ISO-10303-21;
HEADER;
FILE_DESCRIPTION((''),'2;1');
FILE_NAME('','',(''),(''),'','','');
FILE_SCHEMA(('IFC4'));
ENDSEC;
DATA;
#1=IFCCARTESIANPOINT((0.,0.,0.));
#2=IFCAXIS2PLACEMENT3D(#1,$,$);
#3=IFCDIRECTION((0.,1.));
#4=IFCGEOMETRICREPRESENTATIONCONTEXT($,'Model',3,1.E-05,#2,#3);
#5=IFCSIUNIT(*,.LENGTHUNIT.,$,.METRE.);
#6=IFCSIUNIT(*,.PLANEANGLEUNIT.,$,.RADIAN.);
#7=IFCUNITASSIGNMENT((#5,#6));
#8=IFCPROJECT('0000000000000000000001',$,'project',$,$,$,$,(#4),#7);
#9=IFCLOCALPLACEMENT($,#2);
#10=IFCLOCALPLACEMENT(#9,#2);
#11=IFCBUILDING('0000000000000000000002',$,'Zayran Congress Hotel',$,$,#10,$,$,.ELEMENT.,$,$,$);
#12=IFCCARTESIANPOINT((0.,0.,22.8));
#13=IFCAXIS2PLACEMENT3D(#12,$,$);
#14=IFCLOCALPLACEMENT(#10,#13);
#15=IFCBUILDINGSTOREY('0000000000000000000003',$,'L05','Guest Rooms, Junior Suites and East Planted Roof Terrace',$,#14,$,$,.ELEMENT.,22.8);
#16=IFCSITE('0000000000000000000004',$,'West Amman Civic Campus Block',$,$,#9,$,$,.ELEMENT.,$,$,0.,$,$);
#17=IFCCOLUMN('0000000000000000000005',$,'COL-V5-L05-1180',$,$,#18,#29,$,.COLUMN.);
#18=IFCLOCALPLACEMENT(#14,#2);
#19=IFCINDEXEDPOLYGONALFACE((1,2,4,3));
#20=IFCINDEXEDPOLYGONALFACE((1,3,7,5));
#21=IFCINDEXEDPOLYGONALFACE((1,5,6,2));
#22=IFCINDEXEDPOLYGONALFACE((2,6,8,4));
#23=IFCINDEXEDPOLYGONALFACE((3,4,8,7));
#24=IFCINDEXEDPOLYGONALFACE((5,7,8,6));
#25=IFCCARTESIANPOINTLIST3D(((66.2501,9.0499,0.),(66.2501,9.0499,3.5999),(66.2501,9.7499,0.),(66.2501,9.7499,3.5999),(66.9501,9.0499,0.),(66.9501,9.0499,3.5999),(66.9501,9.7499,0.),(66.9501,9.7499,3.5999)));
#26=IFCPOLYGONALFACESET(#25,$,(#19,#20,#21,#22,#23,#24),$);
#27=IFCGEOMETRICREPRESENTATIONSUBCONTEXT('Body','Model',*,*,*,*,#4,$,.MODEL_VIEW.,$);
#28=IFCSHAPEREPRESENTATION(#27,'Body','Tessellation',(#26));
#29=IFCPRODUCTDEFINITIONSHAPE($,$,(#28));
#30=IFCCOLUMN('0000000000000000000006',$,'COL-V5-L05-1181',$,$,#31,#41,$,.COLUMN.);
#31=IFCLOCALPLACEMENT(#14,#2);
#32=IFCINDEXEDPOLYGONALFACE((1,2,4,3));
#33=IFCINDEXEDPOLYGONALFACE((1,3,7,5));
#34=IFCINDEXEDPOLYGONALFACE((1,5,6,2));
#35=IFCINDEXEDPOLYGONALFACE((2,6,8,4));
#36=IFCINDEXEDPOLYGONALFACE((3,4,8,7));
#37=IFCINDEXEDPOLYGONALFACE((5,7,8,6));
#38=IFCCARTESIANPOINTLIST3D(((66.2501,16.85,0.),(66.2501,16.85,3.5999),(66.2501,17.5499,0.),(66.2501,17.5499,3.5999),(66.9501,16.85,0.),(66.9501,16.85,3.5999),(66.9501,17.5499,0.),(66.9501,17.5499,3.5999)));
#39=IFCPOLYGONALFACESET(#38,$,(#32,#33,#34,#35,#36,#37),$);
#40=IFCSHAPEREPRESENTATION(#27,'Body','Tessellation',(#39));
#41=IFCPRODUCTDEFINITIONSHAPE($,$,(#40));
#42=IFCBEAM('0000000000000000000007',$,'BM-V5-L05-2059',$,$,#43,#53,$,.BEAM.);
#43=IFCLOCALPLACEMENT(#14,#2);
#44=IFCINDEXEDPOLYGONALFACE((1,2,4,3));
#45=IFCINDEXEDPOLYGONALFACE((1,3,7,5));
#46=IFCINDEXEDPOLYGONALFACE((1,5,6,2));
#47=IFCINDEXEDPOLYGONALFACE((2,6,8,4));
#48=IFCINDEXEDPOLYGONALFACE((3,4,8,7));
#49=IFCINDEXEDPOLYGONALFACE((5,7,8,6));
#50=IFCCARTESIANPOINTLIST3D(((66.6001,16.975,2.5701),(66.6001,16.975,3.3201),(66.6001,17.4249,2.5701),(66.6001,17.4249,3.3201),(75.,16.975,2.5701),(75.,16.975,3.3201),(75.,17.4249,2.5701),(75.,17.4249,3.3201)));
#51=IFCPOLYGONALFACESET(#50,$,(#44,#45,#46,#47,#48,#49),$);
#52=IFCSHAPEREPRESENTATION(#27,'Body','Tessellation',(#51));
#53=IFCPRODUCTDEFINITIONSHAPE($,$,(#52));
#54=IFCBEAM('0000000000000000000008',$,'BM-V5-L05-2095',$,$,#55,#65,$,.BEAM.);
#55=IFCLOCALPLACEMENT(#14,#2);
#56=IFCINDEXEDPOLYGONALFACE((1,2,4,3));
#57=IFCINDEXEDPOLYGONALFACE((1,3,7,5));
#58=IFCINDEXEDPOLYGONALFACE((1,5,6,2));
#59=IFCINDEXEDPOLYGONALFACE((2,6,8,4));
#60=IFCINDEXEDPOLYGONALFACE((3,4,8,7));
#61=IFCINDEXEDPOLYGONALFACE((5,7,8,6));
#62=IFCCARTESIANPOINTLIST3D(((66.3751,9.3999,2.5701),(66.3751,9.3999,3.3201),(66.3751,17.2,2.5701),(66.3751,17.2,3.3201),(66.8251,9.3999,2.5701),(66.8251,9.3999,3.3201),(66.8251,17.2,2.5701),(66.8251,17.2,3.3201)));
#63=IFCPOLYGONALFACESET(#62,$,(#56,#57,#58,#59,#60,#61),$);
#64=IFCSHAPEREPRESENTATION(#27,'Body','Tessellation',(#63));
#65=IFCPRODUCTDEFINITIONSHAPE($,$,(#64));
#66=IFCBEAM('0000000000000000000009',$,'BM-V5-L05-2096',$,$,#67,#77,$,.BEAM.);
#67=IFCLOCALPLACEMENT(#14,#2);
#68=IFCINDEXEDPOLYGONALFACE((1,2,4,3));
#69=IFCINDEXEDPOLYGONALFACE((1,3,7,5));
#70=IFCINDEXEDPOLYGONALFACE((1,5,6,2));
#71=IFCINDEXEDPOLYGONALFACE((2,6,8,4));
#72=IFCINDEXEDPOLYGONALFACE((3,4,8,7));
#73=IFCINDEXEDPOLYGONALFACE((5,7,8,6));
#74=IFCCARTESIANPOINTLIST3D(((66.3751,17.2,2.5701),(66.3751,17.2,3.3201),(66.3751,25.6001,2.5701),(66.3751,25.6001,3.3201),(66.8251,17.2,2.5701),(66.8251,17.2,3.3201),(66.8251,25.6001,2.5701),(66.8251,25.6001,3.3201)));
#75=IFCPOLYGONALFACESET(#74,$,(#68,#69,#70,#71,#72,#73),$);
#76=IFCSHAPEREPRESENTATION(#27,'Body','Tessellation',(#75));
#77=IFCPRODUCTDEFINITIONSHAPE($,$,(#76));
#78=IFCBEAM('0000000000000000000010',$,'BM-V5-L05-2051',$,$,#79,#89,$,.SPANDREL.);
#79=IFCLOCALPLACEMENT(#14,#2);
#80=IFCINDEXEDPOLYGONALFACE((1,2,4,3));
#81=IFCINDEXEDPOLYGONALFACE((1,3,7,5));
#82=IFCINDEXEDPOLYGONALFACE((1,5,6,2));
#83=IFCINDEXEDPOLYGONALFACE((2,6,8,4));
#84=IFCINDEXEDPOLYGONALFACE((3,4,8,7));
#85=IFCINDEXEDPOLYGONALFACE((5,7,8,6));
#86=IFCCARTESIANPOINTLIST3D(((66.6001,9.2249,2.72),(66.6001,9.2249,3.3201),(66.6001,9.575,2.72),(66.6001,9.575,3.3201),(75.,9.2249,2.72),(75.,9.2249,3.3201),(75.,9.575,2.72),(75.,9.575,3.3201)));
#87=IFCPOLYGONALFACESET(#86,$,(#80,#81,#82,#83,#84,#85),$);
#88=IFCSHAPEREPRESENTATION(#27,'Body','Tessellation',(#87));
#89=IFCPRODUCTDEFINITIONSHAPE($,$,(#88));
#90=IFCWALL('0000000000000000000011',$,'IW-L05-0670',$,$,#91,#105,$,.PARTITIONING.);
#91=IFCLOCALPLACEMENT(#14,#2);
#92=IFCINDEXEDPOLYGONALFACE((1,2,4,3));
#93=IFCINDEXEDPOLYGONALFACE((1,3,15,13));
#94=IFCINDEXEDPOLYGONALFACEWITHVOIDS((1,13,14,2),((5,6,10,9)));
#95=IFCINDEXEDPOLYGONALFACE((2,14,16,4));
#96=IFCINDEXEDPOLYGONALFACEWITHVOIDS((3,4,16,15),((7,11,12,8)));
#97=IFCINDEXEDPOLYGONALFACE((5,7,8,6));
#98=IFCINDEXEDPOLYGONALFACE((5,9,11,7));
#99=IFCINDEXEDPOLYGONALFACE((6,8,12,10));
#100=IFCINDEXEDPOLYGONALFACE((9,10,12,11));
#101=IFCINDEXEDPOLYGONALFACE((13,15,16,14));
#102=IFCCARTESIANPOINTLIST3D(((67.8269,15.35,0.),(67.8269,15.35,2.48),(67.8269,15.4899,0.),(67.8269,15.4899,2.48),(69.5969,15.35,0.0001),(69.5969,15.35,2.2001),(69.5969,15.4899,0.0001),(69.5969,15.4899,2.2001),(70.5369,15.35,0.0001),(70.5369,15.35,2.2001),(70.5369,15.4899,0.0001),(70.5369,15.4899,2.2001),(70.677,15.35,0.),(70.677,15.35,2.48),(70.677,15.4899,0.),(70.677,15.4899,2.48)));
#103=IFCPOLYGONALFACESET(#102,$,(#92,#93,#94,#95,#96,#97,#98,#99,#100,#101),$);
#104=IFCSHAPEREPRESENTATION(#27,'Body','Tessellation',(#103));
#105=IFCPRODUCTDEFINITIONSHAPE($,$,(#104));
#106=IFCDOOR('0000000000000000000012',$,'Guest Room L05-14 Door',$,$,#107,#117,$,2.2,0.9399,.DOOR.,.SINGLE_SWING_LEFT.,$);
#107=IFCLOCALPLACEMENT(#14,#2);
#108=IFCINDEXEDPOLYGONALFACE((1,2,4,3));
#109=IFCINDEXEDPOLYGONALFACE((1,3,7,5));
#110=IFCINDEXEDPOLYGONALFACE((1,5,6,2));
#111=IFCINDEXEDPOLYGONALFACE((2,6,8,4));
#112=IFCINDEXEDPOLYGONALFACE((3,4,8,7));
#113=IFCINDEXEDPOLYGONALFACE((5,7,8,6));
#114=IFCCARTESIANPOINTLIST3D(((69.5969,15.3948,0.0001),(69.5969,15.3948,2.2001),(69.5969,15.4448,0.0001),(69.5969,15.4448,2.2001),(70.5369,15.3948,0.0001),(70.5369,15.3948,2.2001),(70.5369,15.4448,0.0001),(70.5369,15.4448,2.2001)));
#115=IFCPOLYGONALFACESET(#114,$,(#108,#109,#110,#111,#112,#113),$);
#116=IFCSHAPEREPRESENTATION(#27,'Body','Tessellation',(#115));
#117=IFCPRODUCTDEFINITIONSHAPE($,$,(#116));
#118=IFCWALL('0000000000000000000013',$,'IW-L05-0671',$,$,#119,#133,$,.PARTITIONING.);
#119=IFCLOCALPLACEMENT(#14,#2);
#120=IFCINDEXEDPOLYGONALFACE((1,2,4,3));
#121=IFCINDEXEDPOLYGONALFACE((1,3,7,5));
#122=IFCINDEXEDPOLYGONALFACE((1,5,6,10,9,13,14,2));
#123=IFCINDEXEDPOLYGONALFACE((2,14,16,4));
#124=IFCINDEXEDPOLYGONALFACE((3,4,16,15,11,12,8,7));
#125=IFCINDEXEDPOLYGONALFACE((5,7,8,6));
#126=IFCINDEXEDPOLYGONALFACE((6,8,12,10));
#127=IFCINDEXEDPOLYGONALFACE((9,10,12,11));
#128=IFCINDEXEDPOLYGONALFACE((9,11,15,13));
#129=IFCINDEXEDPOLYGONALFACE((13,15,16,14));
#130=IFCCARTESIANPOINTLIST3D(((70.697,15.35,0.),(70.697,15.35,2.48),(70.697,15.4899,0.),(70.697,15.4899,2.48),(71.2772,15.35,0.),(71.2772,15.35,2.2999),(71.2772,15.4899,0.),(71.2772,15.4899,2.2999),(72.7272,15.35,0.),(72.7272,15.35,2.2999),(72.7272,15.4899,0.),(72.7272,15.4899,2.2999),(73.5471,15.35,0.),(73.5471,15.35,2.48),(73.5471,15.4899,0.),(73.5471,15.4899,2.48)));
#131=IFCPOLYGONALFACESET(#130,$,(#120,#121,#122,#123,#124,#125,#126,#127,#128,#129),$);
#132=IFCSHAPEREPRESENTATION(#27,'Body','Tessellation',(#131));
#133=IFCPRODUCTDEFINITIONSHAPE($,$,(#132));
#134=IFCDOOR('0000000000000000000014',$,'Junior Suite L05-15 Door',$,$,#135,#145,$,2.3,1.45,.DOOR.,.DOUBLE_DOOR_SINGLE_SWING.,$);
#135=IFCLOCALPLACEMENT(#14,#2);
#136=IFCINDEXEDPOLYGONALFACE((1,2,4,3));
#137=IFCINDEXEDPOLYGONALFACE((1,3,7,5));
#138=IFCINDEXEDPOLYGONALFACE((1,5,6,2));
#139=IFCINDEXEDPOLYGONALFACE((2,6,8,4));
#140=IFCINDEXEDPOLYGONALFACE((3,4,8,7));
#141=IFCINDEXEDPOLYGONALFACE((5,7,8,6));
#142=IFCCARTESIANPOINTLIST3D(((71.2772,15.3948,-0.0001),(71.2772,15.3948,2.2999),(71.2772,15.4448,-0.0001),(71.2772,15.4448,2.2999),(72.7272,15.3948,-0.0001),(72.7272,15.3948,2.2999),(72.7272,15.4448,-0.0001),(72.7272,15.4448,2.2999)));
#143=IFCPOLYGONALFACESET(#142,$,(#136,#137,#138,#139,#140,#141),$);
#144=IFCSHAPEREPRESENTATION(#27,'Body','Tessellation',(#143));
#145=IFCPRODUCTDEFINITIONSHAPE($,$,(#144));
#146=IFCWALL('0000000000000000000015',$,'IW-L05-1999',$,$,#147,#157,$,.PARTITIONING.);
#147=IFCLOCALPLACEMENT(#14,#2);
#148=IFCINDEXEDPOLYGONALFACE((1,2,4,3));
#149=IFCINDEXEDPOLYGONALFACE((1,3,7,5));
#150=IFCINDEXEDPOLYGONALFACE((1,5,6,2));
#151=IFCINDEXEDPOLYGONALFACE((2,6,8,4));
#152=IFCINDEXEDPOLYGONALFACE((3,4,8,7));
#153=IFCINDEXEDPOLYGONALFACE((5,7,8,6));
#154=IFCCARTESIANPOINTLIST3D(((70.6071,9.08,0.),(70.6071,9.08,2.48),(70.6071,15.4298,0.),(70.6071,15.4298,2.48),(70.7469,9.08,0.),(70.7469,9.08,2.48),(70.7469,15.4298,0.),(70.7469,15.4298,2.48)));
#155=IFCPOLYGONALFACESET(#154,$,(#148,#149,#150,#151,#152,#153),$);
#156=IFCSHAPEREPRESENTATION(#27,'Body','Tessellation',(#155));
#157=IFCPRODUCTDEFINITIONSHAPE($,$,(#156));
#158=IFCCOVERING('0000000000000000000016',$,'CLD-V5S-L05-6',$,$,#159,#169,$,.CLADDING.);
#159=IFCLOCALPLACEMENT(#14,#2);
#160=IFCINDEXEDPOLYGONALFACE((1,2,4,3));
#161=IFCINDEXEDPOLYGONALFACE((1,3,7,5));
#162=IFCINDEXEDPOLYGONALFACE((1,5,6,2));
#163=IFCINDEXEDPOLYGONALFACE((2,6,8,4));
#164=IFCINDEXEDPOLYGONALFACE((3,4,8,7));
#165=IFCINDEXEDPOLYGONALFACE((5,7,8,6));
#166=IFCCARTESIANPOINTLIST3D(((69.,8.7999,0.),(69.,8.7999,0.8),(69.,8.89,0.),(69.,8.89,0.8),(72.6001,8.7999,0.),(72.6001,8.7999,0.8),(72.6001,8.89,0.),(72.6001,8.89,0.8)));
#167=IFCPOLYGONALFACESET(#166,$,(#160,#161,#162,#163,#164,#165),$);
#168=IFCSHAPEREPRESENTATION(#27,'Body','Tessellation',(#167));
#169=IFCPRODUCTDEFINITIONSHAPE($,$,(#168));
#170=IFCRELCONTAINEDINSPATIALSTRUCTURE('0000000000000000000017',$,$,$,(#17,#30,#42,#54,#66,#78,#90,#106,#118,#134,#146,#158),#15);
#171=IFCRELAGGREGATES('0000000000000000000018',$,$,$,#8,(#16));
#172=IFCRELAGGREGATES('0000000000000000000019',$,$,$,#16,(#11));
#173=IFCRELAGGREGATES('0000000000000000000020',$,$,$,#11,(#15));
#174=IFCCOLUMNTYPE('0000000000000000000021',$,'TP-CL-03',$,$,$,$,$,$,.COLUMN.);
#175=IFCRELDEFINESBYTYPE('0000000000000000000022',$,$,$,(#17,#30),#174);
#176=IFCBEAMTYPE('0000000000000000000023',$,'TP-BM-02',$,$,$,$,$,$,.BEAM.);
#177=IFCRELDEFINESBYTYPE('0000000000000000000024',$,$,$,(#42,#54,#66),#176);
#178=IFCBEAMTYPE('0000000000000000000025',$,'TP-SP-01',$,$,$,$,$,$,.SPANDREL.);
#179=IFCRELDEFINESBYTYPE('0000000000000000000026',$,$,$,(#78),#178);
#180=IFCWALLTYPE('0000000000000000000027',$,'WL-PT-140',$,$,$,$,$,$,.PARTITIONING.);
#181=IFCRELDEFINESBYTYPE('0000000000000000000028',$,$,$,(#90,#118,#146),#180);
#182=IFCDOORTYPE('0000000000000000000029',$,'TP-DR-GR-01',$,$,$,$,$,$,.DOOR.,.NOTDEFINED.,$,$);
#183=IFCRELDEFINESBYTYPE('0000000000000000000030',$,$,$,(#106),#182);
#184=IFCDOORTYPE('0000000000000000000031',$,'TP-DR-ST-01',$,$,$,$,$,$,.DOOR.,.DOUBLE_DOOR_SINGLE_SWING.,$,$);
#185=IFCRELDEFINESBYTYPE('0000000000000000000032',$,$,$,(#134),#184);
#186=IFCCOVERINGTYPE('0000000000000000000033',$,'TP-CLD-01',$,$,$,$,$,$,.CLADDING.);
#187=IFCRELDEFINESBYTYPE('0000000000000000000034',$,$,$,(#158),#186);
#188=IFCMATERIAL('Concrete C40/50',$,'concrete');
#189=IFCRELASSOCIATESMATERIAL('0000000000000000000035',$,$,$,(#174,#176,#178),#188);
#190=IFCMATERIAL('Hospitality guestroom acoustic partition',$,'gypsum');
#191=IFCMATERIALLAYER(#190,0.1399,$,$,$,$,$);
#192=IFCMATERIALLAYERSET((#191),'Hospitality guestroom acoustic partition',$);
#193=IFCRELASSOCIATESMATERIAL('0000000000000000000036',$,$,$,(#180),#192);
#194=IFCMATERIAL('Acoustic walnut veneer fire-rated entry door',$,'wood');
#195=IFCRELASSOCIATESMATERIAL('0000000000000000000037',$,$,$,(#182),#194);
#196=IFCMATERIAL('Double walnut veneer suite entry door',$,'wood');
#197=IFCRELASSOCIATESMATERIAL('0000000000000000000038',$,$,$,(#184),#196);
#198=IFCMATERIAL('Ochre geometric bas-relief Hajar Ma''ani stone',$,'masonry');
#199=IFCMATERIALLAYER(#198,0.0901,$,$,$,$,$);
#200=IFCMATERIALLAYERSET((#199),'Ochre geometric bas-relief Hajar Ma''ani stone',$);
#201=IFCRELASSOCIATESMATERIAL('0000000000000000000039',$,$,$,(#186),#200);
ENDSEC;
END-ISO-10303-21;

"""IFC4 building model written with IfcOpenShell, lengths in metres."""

from ifc_helpers import new_model, si_unit, direction, frame, frame_2d, origin, origin_2d, place, context, subcontext, project, spatial, rectangle, extrude, material, layer, layer_set, material_profile, profile_set, type_object, element, fill, save


model = new_model("IFC4")

# Units and contexts
model_context = context("Model", 3, precision=1e-05, world=origin(), true_north=direction((0.0, 1.0)))
body_context = subcontext(model_context, "Body", "Model", "MODEL_VIEW")
ifc_project = project(units=[si_unit("LENGTHUNIT", "METRE"), si_unit("PLANEANGLEUNIT", "RADIAN")], contexts=[model_context])

# Site, building, storey
site_placement = place(None, origin())
site = spatial("IfcSite", under=ifc_project, at=site_placement, Name="West Amman Civic Campus Block", CompositionType="ELEMENT", RefElevation=0.0)
building_placement = place(site_placement, origin())
building = spatial("IfcBuilding", under=site, at=building_placement, Name="Zayran Congress Hotel", CompositionType="ELEMENT")
storey_placement = place(building_placement, frame((0.0, 0.0, 22.8)))
storey = spatial("IfcBuildingStorey", under=building, at=storey_placement, Name="L05", Description="Guest Rooms, Junior Suites and East Planted Roof Terrace", CompositionType="ELEMENT", Elevation=22.8)

# Columns
ifc_material_1 = material(Name="Concrete C40/50", Category="concrete")
ifc_material_profile_1 = material_profile(ifc_material_1, rectangle(XDim=0.7, YDim=0.7, at=origin_2d()), Name="RC 700x700")
ifc_profile_set_1 = profile_set([ifc_material_profile_1], Name="Concrete C40/50")
column_type = type_object("IfcColumnType", Name="TP-CL-03", PredefinedType="COLUMN", material=ifc_profile_set_1)
for number, where, z_axis, x_axis, name in (
    (1, (66.6001, 9.3999, 0.0), (0.0, 0.0, 1.0), (1.0, 0.0, 0.0), "COL-V5-L05-1180"),
    (2, (66.6001, 17.2, 0.0), (0.0, 0.0, 1.0), (1.0, 0.0, 0.0), "COL-V5-L05-1181"),
):
    element("IfcColumn", number, at=place(storey_placement, frame(where, z_axis=z_axis, x_axis=x_axis)), inside=storey, type_object=column_type, Name=name, PredefinedType="COLUMN", context=body_context, shape_type="SweptSolid", body=[
        extrude(rectangle(XDim=0.7, YDim=0.7, at=origin_2d()), origin(), (0.0, 0.0, 1.0), 3.5999),
    ])

# Beams
ifc_material_profile_2 = material_profile(ifc_material_1, rectangle(XDim=0.45, YDim=0.75, at=origin_2d()), Name="RC 450x750")
ifc_profile_set_2 = profile_set([ifc_material_profile_2], Name="Concrete C40/50")
beam_type_1 = type_object("IfcBeamType", Name="TP-BM-02", PredefinedType="BEAM", material=ifc_profile_set_2)
beam_1_placement = place(storey_placement, frame((66.6001, 17.2, 2.9451), z_axis=(1.0, 0.0, 0.0), x_axis=(0.0, 1.0, 0.0)))
element("IfcBeam", 3, at=beam_1_placement, inside=storey, type_object=beam_type_1, Name="BM-V5-L05-2059", PredefinedType="BEAM", context=body_context, shape_type="SweptSolid", body=[
    extrude(rectangle(XDim=0.45, YDim=0.75, at=origin_2d()), origin(), (0.0, 0.0, 1.0), 8.3999),
])
beam_2_placement = place(storey_placement, frame((66.6001, 9.3999, 2.9451), z_axis=(0.0, 1.0, 0.0), x_axis=(-1.0, 0.0, 0.0)))
element("IfcBeam", 4, at=beam_2_placement, inside=storey, type_object=beam_type_1, Name="BM-V5-L05-2095", PredefinedType="BEAM", context=body_context, shape_type="SweptSolid", body=[
    extrude(rectangle(XDim=0.45, YDim=0.75, at=origin_2d()), origin(), (0.0, 0.0, 1.0), 7.8),
])
beam_3_placement = place(storey_placement, frame((66.6001, 17.2, 2.9451), z_axis=(0.0, 1.0, 0.0), x_axis=(-1.0, 0.0, 0.0)))
element("IfcBeam", 5, at=beam_3_placement, inside=storey, type_object=beam_type_1, Name="BM-V5-L05-2096", PredefinedType="BEAM", context=body_context, shape_type="SweptSolid", body=[
    extrude(rectangle(XDim=0.45, YDim=0.75, at=origin_2d()), origin(), (0.0, 0.0, 1.0), 8.4001),
])
ifc_material_profile_3 = material_profile(ifc_material_1, rectangle(XDim=0.3501, YDim=0.6001, at=origin_2d()), Name="RC 350x600")
ifc_profile_set_3 = profile_set([ifc_material_profile_3], Name="Concrete C40/50")
beam_type_2 = type_object("IfcBeamType", Name="TP-SP-01", PredefinedType="SPANDREL", material=ifc_profile_set_3)
beam_4_placement = place(storey_placement, frame((66.6001, 9.3999, 3.02), z_axis=(1.0, 0.0, 0.0), x_axis=(0.0, 1.0, 0.0)))
element("IfcBeam", 6, at=beam_4_placement, inside=storey, type_object=beam_type_2, Name="BM-V5-L05-2051", PredefinedType="SPANDREL", context=body_context, shape_type="SweptSolid", body=[
    extrude(rectangle(XDim=0.3501, YDim=0.6001, at=origin_2d()), origin(), (0.0, 0.0, 1.0), 8.3999),
])

# Walls, openings, doors
ifc_material_2 = material(Name="Hospitality guestroom acoustic partition", Category="gypsum")
ifc_layer_1 = layer(ifc_material_2, 0.1399)
ifc_layer_set_1 = layer_set([ifc_layer_1], Name="Hospitality guestroom acoustic partition")
wall_type_1 = type_object("IfcWallType", Name="WL-PT-140", PredefinedType="PARTITIONING", material=ifc_layer_set_1)
wall_1_placement = place(storey_placement, frame((67.8269, 15.4199, 0.0), z_axis=(0.0, 0.0, 1.0), x_axis=(1.0, 0.0, 0.0)))
wall_1 = element("IfcWall", 7, at=wall_1_placement, inside=storey, type_object=wall_type_1, Name="IW-L05-0670", PredefinedType="PARTITIONING", context=body_context, shape_type="SweptSolid", body=[
    extrude(rectangle(XDim=2.8501, YDim=0.1399, at=frame_2d((1.425, 0.0))), origin(), (0.0, 0.0, 1.0), 2.48),
])
opening_1_placement = place(wall_1_placement, frame((1.77, 0.0, 0.0)))
opening_1 = element("IfcOpeningElement", 8, at=opening_1_placement, cuts=wall_1, PredefinedType="OPENING", context=body_context, shape_type="SweptSolid", body=[
    extrude(rectangle(XDim=0.9399, YDim=2.2, at=frame_2d((0.47, 1.1001))), frame((0.0, 0.0798, 0.0), z_axis=(0.0, -1.0, 0.0), x_axis=(1.0, 0.0, 0.0)), (0.0, 0.0, 1.0), 0.1599),
])
ifc_material_3 = material(Name="Acoustic walnut veneer fire-rated entry door", Category="wood")
door_type_1 = type_object("IfcDoorType", Name="TP-DR-GR-01", OperationType="NOTDEFINED", PredefinedType="DOOR", material=ifc_material_3)
door_1_placement = place(opening_1_placement, origin())
door_1 = element("IfcDoor", 9, at=door_1_placement, inside=storey, type_object=door_type_1, Name="Guest Room L05-14 Door", OperationType="SINGLE_SWING_LEFT", OverallHeight=2.2, OverallWidth=0.9399, PredefinedType="DOOR", context=body_context, shape_type="SweptSolid", body=[
    extrude(rectangle(XDim=0.9399, YDim=2.2, at=frame_2d((0.47, 1.1001))), frame((0.0, 0.0249, 0.0), z_axis=(0.0, -1.0, 0.0), x_axis=(1.0, 0.0, 0.0)), (0.0, 0.0, 1.0), 0.05),
])
fill(opening_1, door_1)
wall_2_placement = place(storey_placement, frame((70.697, 15.4199, 0.0), z_axis=(0.0, 0.0, 1.0), x_axis=(1.0, 0.0, 0.0)))
wall_2 = element("IfcWall", 10, at=wall_2_placement, inside=storey, type_object=wall_type_1, Name="IW-L05-0671", PredefinedType="PARTITIONING", context=body_context, shape_type="SweptSolid", body=[
    extrude(rectangle(XDim=2.8501, YDim=0.1399, at=frame_2d((1.425, 0.0))), origin(), (0.0, 0.0, 1.0), 2.48),
])
opening_2_placement = place(wall_2_placement, frame((0.5801, 0.0, 0.0)))
opening_2 = element("IfcOpeningElement", 11, at=opening_2_placement, cuts=wall_2, PredefinedType="OPENING", context=body_context, shape_type="SweptSolid", body=[
    extrude(rectangle(XDim=1.45, YDim=2.3, at=frame_2d((0.7251, 1.1499))), frame((0.0, 0.0798, 0.0), z_axis=(0.0, -1.0, 0.0), x_axis=(1.0, 0.0, 0.0)), (0.0, 0.0, 1.0), 0.1599),
])
ifc_material_4 = material(Name="Double walnut veneer suite entry door", Category="wood")
door_type_2 = type_object("IfcDoorType", Name="TP-DR-ST-01", OperationType="DOUBLE_DOOR_SINGLE_SWING", PredefinedType="DOOR", material=ifc_material_4)
door_2_placement = place(opening_2_placement, origin())
door_2 = element("IfcDoor", 12, at=door_2_placement, inside=storey, type_object=door_type_2, Name="Junior Suite L05-15 Door", OperationType="DOUBLE_DOOR_SINGLE_SWING", OverallHeight=2.3, OverallWidth=1.45, PredefinedType="DOOR", context=body_context, shape_type="SweptSolid", body=[
    extrude(rectangle(XDim=1.45, YDim=2.3, at=frame_2d((0.7251, 1.1499))), frame((0.0, 0.0249, 0.0), z_axis=(0.0, -1.0, 0.0), x_axis=(1.0, 0.0, 0.0)), (0.0, 0.0, 1.0), 0.05),
])
fill(opening_2, door_2)

# Wall
wall_3_placement = place(storey_placement, frame((70.677, 9.0801, 0.0), z_axis=(0.0, 0.0, 1.0), x_axis=(0.0, 1.0, 0.0)))
element("IfcWall", 13, at=wall_3_placement, inside=storey, type_object=wall_type_1, Name="IW-L05-1999", PredefinedType="PARTITIONING", context=body_context, shape_type="SweptSolid", body=[
    extrude(rectangle(XDim=6.3499, YDim=0.1399, at=frame_2d((3.1748, 0.0))), origin(), (0.0, 0.0, 1.0), 2.48),
])

# Covering
ifc_material_5 = material(Name="Ochre geometric bas-relief Hajar Ma'ani stone", Category="masonry")
ifc_layer_2 = layer(ifc_material_5, 0.0901)
ifc_layer_set_2 = layer_set([ifc_layer_2], Name="Ochre geometric bas-relief Hajar Ma'ani stone")
covering_type = type_object("IfcCoveringType", Name="TP-CLD-01", PredefinedType="CLADDING", material=ifc_layer_set_2)
covering_placement = place(storey_placement, frame((70.8, 8.845, 0.0), z_axis=(0.0, 0.0, 1.0), x_axis=(1.0, 0.0, 0.0)))
element("IfcCovering", 14, at=covering_placement, inside=storey, type_object=covering_type, Name="CLD-V5S-L05-6", PredefinedType="CLADDING", context=body_context, shape_type="SweptSolid", body=[
    extrude(rectangle(XDim=3.6001, YDim=0.0901, at=origin_2d()), origin(), (0.0, 0.0, 1.0), 0.8),
])

save(model, "model.ifc")
